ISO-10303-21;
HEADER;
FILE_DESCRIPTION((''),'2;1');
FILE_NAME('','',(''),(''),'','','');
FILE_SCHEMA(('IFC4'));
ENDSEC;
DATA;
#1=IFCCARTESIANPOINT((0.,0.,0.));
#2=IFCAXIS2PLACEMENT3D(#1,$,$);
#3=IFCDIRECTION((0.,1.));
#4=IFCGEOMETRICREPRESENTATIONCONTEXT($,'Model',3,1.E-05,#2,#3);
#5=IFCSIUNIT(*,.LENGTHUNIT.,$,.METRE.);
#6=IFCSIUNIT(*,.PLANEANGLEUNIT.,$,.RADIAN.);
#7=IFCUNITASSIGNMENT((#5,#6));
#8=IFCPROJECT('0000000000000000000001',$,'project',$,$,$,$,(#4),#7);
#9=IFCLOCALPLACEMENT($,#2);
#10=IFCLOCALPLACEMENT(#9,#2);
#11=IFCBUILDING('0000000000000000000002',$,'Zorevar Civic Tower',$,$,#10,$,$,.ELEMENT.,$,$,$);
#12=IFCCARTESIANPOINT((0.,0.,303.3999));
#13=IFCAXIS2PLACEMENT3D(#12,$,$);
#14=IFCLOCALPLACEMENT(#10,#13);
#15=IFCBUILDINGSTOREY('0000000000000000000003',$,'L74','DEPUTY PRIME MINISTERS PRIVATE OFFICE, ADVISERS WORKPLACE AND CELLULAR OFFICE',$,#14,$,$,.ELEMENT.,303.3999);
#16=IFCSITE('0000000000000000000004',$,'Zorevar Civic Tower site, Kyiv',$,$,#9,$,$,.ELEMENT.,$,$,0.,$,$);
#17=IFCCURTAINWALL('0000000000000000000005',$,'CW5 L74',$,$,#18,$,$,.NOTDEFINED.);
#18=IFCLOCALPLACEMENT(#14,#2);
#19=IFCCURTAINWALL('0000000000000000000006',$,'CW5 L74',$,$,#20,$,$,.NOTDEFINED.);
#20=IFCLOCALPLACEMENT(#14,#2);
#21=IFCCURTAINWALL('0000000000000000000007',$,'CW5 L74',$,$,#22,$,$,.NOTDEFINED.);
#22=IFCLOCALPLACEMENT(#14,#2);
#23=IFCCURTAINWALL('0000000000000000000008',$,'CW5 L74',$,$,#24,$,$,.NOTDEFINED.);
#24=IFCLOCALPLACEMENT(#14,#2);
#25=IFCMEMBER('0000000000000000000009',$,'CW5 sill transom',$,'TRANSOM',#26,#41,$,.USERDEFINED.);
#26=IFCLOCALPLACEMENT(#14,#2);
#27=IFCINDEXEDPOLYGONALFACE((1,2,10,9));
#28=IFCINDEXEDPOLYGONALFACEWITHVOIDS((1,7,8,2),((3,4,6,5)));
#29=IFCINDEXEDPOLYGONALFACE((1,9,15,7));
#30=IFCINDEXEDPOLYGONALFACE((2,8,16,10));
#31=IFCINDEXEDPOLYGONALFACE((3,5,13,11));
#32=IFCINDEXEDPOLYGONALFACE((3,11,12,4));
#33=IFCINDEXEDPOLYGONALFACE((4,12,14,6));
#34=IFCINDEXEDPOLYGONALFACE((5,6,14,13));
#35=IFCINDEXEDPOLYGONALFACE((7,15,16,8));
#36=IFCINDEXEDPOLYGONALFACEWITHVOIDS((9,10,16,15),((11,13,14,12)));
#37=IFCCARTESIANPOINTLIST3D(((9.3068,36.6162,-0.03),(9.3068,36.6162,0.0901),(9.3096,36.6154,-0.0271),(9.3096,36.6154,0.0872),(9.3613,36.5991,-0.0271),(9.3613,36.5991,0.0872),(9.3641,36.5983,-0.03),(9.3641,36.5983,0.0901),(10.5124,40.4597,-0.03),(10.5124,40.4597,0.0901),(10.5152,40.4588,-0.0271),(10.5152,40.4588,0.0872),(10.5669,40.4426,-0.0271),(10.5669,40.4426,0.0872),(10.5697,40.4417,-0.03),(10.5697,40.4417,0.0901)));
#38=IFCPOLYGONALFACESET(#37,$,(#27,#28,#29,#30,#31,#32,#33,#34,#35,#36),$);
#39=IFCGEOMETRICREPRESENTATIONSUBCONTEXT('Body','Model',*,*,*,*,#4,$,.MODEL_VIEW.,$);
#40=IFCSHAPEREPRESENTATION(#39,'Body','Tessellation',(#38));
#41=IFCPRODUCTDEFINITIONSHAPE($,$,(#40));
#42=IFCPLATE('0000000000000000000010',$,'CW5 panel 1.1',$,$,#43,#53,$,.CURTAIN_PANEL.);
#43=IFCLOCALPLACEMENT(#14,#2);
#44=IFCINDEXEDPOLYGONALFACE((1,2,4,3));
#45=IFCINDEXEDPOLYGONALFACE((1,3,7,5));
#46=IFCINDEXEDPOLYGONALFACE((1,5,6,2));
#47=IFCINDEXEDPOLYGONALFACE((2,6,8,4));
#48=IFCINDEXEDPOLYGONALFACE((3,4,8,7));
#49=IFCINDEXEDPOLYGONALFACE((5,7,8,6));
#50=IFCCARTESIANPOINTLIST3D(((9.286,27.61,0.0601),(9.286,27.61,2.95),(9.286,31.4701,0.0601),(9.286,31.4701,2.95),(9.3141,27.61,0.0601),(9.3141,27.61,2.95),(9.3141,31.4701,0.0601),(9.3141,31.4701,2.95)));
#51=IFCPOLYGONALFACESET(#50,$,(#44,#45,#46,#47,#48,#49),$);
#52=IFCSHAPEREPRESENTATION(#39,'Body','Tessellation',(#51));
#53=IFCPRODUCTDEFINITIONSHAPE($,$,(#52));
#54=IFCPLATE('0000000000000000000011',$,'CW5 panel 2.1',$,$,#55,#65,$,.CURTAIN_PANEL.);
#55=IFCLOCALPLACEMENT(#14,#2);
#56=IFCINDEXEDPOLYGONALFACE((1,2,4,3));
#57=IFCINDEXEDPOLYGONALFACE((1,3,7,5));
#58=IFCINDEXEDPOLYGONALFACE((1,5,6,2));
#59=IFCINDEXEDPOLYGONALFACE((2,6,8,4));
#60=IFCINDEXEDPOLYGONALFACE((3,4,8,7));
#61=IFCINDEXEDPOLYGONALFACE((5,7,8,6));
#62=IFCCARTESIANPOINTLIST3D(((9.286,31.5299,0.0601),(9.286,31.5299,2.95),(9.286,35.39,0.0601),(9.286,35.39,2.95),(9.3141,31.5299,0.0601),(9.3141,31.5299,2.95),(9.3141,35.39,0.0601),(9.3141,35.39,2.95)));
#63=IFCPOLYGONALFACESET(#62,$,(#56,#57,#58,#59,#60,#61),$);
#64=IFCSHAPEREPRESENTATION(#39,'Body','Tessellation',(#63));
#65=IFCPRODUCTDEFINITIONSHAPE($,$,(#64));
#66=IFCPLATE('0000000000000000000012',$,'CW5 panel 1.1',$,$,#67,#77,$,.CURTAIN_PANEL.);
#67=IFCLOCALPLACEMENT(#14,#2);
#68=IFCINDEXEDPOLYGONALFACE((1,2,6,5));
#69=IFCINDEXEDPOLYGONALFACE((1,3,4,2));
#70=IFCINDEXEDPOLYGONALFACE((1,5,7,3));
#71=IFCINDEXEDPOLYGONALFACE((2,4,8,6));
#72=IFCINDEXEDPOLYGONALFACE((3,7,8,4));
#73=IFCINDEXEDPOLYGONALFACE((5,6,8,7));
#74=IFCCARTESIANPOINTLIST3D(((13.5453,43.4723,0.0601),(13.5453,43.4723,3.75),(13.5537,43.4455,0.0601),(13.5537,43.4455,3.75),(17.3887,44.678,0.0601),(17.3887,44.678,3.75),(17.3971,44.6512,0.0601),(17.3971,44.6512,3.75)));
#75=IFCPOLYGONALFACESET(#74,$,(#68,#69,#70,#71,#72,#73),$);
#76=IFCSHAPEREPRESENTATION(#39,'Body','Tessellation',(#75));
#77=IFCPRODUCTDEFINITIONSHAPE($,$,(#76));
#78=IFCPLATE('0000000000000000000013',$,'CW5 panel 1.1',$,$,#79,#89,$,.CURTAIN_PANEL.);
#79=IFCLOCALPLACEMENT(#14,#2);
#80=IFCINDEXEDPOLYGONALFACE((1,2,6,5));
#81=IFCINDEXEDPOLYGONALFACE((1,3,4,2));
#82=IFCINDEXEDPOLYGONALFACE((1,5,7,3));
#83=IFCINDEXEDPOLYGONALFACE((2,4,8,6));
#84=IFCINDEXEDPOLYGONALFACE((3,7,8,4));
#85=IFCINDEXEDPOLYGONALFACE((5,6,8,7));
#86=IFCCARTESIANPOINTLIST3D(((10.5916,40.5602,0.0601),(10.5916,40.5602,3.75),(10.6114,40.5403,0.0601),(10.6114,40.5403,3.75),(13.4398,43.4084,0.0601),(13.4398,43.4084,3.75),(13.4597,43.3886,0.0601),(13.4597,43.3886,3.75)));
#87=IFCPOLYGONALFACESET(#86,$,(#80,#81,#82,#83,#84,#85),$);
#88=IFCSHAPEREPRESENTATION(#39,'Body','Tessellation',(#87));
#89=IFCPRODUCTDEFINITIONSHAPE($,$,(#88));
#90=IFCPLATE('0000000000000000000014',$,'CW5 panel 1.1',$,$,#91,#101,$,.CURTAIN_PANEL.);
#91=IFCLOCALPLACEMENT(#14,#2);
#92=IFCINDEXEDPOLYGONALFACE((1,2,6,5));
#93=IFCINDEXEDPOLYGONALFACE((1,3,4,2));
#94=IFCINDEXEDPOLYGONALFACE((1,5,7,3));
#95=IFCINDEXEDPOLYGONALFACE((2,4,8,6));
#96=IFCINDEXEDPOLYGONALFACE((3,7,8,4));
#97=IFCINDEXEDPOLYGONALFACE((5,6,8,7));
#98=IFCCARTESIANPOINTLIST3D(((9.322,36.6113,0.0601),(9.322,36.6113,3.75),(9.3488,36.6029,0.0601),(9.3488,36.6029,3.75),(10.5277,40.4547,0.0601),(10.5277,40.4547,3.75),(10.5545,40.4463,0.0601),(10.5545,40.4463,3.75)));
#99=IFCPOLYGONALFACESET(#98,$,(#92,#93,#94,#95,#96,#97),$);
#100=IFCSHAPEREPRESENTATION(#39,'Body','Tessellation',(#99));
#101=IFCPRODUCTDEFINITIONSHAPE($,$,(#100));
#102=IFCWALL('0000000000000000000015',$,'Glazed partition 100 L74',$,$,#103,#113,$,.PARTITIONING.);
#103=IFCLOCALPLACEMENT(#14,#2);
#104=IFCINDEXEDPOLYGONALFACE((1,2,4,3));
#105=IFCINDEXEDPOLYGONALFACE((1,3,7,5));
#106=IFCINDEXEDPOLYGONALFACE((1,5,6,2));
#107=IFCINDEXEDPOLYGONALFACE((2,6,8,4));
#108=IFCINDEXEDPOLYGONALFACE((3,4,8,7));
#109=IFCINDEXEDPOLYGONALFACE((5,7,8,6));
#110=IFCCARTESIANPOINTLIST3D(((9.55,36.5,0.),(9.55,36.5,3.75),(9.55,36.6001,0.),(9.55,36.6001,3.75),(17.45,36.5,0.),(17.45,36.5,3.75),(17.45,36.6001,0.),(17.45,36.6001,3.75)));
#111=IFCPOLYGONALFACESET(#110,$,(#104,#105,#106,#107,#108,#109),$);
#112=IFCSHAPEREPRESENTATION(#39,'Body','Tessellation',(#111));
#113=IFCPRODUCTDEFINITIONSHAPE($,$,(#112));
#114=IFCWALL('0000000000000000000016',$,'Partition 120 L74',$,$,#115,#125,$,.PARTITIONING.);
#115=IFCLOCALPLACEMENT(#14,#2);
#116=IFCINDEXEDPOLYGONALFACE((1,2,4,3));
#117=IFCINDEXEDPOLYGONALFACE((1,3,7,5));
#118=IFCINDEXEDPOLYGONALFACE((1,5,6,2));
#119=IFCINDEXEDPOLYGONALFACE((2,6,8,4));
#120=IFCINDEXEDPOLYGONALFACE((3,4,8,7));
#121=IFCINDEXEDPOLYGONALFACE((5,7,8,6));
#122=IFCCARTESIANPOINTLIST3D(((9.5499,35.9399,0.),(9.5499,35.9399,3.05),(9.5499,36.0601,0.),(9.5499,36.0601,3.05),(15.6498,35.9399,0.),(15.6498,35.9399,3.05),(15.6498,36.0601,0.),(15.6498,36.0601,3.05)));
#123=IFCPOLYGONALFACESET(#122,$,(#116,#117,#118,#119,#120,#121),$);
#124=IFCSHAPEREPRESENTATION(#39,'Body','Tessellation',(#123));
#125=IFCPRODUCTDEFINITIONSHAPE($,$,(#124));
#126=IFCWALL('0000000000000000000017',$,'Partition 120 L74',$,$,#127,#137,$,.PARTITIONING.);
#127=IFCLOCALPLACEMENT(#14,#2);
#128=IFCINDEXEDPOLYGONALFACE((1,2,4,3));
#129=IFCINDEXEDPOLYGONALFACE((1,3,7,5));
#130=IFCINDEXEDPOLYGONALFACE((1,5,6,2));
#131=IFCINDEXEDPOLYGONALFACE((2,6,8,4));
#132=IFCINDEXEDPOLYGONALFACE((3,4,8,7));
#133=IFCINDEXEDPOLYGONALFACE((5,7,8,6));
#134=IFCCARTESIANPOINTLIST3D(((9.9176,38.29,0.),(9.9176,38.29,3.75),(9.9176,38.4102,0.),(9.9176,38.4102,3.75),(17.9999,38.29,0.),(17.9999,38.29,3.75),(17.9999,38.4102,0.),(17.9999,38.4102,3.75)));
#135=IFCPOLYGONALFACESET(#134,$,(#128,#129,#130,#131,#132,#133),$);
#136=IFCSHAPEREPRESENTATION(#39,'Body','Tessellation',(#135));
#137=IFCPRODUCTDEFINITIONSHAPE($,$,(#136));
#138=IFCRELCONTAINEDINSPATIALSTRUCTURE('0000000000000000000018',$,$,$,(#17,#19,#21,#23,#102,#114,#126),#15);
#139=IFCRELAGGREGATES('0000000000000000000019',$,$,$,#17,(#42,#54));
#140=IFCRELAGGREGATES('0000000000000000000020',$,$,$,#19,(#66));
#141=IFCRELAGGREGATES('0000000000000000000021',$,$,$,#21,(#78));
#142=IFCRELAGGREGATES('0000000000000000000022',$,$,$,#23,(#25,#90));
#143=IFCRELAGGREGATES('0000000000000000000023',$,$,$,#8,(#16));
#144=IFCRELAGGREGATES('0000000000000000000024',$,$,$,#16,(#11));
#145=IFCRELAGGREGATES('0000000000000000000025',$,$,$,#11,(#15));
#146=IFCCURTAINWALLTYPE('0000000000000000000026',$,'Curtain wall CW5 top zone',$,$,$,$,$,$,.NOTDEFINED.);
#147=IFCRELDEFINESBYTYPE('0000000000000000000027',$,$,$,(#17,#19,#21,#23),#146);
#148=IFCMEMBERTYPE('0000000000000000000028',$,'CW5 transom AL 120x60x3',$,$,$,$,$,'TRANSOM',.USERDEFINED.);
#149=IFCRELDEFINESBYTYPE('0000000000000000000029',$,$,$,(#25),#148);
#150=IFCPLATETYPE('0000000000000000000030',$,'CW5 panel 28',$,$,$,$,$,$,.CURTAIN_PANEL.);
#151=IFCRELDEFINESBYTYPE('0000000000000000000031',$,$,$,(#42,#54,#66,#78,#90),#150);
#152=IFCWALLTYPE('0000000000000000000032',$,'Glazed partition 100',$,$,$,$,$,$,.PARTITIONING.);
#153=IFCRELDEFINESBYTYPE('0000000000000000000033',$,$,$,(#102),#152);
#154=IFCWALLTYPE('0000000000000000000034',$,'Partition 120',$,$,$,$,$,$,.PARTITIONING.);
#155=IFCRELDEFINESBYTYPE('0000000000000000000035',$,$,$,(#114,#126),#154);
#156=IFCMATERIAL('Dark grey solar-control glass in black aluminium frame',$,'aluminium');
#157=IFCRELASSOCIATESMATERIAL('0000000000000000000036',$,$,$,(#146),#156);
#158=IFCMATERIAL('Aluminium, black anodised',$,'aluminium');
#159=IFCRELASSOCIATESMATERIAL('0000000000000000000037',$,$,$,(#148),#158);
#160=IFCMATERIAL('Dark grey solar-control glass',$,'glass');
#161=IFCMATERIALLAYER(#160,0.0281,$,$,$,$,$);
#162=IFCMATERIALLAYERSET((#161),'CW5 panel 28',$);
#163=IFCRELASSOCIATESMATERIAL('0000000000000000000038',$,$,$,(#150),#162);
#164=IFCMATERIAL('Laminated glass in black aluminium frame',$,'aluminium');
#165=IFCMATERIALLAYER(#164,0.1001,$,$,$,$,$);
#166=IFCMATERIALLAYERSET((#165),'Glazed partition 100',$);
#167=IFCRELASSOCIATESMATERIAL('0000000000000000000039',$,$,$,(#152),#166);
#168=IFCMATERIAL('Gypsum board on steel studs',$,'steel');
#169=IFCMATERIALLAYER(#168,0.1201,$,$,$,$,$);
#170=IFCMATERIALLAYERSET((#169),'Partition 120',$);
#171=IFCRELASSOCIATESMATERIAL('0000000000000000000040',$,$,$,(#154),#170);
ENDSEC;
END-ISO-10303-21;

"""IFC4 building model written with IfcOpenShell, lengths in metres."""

from ifc_helpers import new_model, si_unit, direction, frame, frame_2d, origin, origin_2d, place, context, subcontext, project, spatial, rectangle, hollow_rectangle, extrude, material, layer, layer_set, material_profile, profile_set, type_object, element, aggregate, save


model = new_model("IFC4")

# Units and contexts
model_context = context("Model", 3, precision=1e-05, world=origin(), true_north=direction((0.0, 1.0)))
body_context = subcontext(model_context, "Body", "Model", "MODEL_VIEW")
ifc_project = project(units=[si_unit("LENGTHUNIT", "METRE"), si_unit("PLANEANGLEUNIT", "RADIAN")], contexts=[model_context])

# Site, building, storey
site_placement = place(None, origin())
site = spatial("IfcSite", under=ifc_project, at=site_placement, Name="Zorevar Civic Tower site, Kyiv", CompositionType="ELEMENT", RefElevation=0.0)
building_placement = place(site_placement, origin())
building = spatial("IfcBuilding", under=site, at=building_placement, Name="Zorevar Civic Tower", CompositionType="ELEMENT")
storey_placement = place(building_placement, frame((0.0, 0.0, 303.3999)))
storey = spatial("IfcBuildingStorey", under=building, at=storey_placement, Name="L74", Description="DEPUTY PRIME MINISTERS PRIVATE OFFICE, ADVISERS WORKPLACE AND CELLULAR OFFICE", CompositionType="ELEMENT", Elevation=303.3999)

# Curtain wall
ifc_material_1 = material(Name="Dark grey solar-control glass in black aluminium frame", Category="aluminium")
curtain_wall_type = type_object("IfcCurtainWallType", Name="Curtain wall CW5 top zone", PredefinedType="NOTDEFINED", material=ifc_material_1)
curtain_wall_1_placement = place(storey_placement, origin())
curtain_wall_1 = element("IfcCurtainWall", 1, at=curtain_wall_1_placement, inside=storey, type_object=curtain_wall_type, Name="CW5 L74", PredefinedType="NOTDEFINED")

# Curtain wall
curtain_wall_2_placement = place(storey_placement, origin())
curtain_wall_2 = element("IfcCurtainWall", 2, at=curtain_wall_2_placement, inside=storey, type_object=curtain_wall_type, Name="CW5 L74", PredefinedType="NOTDEFINED")

# Curtain walls
curtain_wall_3_placement = place(storey_placement, origin())
curtain_wall_3 = element("IfcCurtainWall", 3, at=curtain_wall_3_placement, inside=storey, type_object=curtain_wall_type, Name="CW5 L74", PredefinedType="NOTDEFINED")
curtain_wall_4_placement = place(storey_placement, origin())
curtain_wall_4 = element("IfcCurtainWall", 4, at=curtain_wall_4_placement, inside=storey, type_object=curtain_wall_type, Name="CW5 L74", PredefinedType="NOTDEFINED")

# Member
ifc_material_2 = material(Name="Aluminium, black anodised", Category="aluminium")
ifc_material_profile_1 = material_profile(ifc_material_2, hollow_rectangle(XDim=0.0601, YDim=0.1201, WallThickness=0.0029, at=origin_2d()), Name="AL 120x60x3")
ifc_profile_set_1 = profile_set([ifc_material_profile_1], Name="Aluminium, black anodised")
member_type_1 = type_object("IfcMemberType", Name="CW5 transom AL 120x60x3", ElementType="TRANSOM", PredefinedType="USERDEFINED", material=ifc_profile_set_1)
member_1_placement = place(storey_placement, frame((10.541, 40.4507, 0.03), z_axis=(-0.299286, -0.954163, 0.0), x_axis=(0.954163, -0.299286, 0.0)))
member_1 = element("IfcMember", 5, at=member_1_placement, type_object=member_type_1, Name="CW5 sill transom", ObjectType="TRANSOM", PredefinedType="USERDEFINED", context=body_context, shape_type="SweptSolid", body=[
    extrude(hollow_rectangle(XDim=0.0601, YDim=0.1201, WallThickness=0.0029, at=origin_2d()), origin(), (0.0, 0.0, 1.0), 4.0281),
])

# Plates
ifc_material_3 = material(Name="Dark grey solar-control glass", Category="glass")
ifc_layer_1 = layer(ifc_material_3, 0.0281)
ifc_layer_set_1 = layer_set([ifc_layer_1], Name="CW5 panel 28")
plate_type = type_object("IfcPlateType", Name="CW5 panel 28", PredefinedType="CURTAIN_PANEL", material=ifc_layer_set_1)
plate_1_placement = place(storey_placement, frame((9.3, 29.54, 0.0601), z_axis=(0.0, 0.0, 1.0), x_axis=(0.0, 1.0, 0.0)))
plate_1 = element("IfcPlate", 6, at=plate_1_placement, type_object=plate_type, Name="CW5 panel 1.1", PredefinedType="CURTAIN_PANEL", context=body_context, shape_type="SweptSolid", body=[
    extrude(rectangle(XDim=3.8601, YDim=0.0281, at=origin_2d()), origin(), (0.0, 0.0, 1.0), 2.8899),
])
plate_2_placement = place(storey_placement, frame((9.3, 33.46, 0.0601), z_axis=(0.0, 0.0, 1.0), x_axis=(0.0, 1.0, 0.0)))
plate_2 = element("IfcPlate", 7, at=plate_2_placement, type_object=plate_type, Name="CW5 panel 2.1", PredefinedType="CURTAIN_PANEL", context=body_context, shape_type="SweptSolid", body=[
    extrude(rectangle(XDim=3.8601, YDim=0.0281, at=origin_2d()), origin(), (0.0, 0.0, 1.0), 2.8899),
])
aggregate(curtain_wall_1, [plate_1, plate_2])
plate_3_placement = place(storey_placement, frame((15.4712, 44.0618, 0.0601), z_axis=(0.0, 0.0, 1.0), x_axis=(-0.954153, -0.299318, 0.0)))
plate_3 = element("IfcPlate", 8, at=plate_3_placement, type_object=plate_type, Name="CW5 panel 1.1", PredefinedType="CURTAIN_PANEL", context=body_context, shape_type="SweptSolid", body=[
    extrude(rectangle(XDim=4.0281, YDim=0.0281, at=origin_2d()), origin(), (0.0, 0.0, 1.0), 3.6899),
])
aggregate(curtain_wall_2, [plate_3])
plate_4_placement = place(storey_placement, frame((12.0256, 41.9744, 0.0601), z_axis=(0.0, 0.0, 1.0), x_axis=(-0.707107, -0.707107, 0.0)))
plate_4 = element("IfcPlate", 9, at=plate_4_placement, type_object=plate_type, Name="CW5 panel 1.1", PredefinedType="CURTAIN_PANEL", context=body_context, shape_type="SweptSolid", body=[
    extrude(rectangle(XDim=4.0281, YDim=0.0281, at=origin_2d()), origin(), (0.0, 0.0, 1.0), 3.6899),
])
aggregate(curtain_wall_3, [plate_4])
plate_5_placement = place(storey_placement, frame((9.9382, 38.5288, 0.0601), z_axis=(0.0, 0.0, 1.0), x_axis=(-0.299318, -0.954153, 0.0)))
plate_5 = element("IfcPlate", 10, at=plate_5_placement, type_object=plate_type, Name="CW5 panel 1.1", PredefinedType="CURTAIN_PANEL", context=body_context, shape_type="SweptSolid", body=[
    extrude(rectangle(XDim=4.0281, YDim=0.0281, at=origin_2d()), origin(), (0.0, 0.0, 1.0), 3.6899),
])
aggregate(curtain_wall_4, [member_1, plate_5])

# Walls
ifc_material_4 = material(Name="Laminated glass in black aluminium frame", Category="aluminium")
ifc_layer_2 = layer(ifc_material_4, 0.1001)
ifc_layer_set_2 = layer_set([ifc_layer_2], Name="Glazed partition 100")
wall_type_1 = type_object("IfcWallType", Name="Glazed partition 100", PredefinedType="PARTITIONING", material=ifc_layer_set_2)
wall_1_placement = place(storey_placement, frame((9.55, 36.55, 0.0), z_axis=(0.0, 0.0, 1.0), x_axis=(1.0, 0.0, 0.0)))
element("IfcWall", 11, at=wall_1_placement, inside=storey, type_object=wall_type_1, Name="Glazed partition 100 L74", PredefinedType="PARTITIONING", context=body_context, shape_type="SweptSolid", body=[
    extrude(rectangle(XDim=7.8999, YDim=0.1001, at=frame_2d((3.95, 0.0))), origin(), (0.0, 0.0, 1.0), 3.75),
])
ifc_material_5 = material(Name="Gypsum board on steel studs", Category="steel")
ifc_layer_3 = layer(ifc_material_5, 0.1201)
ifc_layer_set_3 = layer_set([ifc_layer_3], Name="Partition 120")
wall_type_2 = type_object("IfcWallType", Name="Partition 120", PredefinedType="PARTITIONING", material=ifc_layer_set_3)
wall_2_placement = place(storey_placement, frame((9.55, 36.0, 0.0), z_axis=(0.0, 0.0, 1.0), x_axis=(1.0, 0.0, 0.0)))
element("IfcWall", 12, at=wall_2_placement, inside=storey, type_object=wall_type_2, Name="Partition 120 L74", PredefinedType="PARTITIONING", context=body_context, shape_type="SweptSolid", body=[
    extrude(rectangle(XDim=6.0999, YDim=0.1201, at=frame_2d((3.0498, 0.0))), origin(), (0.0, 0.0, 1.0), 3.05),
])
wall_3_placement = place(storey_placement, frame((9.9177, 38.3501, 0.0), z_axis=(0.0, 0.0, 1.0), x_axis=(1.0, 0.0, 0.0)))
element("IfcWall", 13, at=wall_3_placement, inside=storey, type_object=wall_type_2, Name="Partition 120 L74", PredefinedType="PARTITIONING", context=body_context, shape_type="SweptSolid", body=[
    extrude(rectangle(XDim=8.0823, YDim=0.1201, at=frame_2d((4.041, 0.0))), origin(), (0.0, 0.0, 1.0), 3.75),
])

save(model, "model.ifc")
